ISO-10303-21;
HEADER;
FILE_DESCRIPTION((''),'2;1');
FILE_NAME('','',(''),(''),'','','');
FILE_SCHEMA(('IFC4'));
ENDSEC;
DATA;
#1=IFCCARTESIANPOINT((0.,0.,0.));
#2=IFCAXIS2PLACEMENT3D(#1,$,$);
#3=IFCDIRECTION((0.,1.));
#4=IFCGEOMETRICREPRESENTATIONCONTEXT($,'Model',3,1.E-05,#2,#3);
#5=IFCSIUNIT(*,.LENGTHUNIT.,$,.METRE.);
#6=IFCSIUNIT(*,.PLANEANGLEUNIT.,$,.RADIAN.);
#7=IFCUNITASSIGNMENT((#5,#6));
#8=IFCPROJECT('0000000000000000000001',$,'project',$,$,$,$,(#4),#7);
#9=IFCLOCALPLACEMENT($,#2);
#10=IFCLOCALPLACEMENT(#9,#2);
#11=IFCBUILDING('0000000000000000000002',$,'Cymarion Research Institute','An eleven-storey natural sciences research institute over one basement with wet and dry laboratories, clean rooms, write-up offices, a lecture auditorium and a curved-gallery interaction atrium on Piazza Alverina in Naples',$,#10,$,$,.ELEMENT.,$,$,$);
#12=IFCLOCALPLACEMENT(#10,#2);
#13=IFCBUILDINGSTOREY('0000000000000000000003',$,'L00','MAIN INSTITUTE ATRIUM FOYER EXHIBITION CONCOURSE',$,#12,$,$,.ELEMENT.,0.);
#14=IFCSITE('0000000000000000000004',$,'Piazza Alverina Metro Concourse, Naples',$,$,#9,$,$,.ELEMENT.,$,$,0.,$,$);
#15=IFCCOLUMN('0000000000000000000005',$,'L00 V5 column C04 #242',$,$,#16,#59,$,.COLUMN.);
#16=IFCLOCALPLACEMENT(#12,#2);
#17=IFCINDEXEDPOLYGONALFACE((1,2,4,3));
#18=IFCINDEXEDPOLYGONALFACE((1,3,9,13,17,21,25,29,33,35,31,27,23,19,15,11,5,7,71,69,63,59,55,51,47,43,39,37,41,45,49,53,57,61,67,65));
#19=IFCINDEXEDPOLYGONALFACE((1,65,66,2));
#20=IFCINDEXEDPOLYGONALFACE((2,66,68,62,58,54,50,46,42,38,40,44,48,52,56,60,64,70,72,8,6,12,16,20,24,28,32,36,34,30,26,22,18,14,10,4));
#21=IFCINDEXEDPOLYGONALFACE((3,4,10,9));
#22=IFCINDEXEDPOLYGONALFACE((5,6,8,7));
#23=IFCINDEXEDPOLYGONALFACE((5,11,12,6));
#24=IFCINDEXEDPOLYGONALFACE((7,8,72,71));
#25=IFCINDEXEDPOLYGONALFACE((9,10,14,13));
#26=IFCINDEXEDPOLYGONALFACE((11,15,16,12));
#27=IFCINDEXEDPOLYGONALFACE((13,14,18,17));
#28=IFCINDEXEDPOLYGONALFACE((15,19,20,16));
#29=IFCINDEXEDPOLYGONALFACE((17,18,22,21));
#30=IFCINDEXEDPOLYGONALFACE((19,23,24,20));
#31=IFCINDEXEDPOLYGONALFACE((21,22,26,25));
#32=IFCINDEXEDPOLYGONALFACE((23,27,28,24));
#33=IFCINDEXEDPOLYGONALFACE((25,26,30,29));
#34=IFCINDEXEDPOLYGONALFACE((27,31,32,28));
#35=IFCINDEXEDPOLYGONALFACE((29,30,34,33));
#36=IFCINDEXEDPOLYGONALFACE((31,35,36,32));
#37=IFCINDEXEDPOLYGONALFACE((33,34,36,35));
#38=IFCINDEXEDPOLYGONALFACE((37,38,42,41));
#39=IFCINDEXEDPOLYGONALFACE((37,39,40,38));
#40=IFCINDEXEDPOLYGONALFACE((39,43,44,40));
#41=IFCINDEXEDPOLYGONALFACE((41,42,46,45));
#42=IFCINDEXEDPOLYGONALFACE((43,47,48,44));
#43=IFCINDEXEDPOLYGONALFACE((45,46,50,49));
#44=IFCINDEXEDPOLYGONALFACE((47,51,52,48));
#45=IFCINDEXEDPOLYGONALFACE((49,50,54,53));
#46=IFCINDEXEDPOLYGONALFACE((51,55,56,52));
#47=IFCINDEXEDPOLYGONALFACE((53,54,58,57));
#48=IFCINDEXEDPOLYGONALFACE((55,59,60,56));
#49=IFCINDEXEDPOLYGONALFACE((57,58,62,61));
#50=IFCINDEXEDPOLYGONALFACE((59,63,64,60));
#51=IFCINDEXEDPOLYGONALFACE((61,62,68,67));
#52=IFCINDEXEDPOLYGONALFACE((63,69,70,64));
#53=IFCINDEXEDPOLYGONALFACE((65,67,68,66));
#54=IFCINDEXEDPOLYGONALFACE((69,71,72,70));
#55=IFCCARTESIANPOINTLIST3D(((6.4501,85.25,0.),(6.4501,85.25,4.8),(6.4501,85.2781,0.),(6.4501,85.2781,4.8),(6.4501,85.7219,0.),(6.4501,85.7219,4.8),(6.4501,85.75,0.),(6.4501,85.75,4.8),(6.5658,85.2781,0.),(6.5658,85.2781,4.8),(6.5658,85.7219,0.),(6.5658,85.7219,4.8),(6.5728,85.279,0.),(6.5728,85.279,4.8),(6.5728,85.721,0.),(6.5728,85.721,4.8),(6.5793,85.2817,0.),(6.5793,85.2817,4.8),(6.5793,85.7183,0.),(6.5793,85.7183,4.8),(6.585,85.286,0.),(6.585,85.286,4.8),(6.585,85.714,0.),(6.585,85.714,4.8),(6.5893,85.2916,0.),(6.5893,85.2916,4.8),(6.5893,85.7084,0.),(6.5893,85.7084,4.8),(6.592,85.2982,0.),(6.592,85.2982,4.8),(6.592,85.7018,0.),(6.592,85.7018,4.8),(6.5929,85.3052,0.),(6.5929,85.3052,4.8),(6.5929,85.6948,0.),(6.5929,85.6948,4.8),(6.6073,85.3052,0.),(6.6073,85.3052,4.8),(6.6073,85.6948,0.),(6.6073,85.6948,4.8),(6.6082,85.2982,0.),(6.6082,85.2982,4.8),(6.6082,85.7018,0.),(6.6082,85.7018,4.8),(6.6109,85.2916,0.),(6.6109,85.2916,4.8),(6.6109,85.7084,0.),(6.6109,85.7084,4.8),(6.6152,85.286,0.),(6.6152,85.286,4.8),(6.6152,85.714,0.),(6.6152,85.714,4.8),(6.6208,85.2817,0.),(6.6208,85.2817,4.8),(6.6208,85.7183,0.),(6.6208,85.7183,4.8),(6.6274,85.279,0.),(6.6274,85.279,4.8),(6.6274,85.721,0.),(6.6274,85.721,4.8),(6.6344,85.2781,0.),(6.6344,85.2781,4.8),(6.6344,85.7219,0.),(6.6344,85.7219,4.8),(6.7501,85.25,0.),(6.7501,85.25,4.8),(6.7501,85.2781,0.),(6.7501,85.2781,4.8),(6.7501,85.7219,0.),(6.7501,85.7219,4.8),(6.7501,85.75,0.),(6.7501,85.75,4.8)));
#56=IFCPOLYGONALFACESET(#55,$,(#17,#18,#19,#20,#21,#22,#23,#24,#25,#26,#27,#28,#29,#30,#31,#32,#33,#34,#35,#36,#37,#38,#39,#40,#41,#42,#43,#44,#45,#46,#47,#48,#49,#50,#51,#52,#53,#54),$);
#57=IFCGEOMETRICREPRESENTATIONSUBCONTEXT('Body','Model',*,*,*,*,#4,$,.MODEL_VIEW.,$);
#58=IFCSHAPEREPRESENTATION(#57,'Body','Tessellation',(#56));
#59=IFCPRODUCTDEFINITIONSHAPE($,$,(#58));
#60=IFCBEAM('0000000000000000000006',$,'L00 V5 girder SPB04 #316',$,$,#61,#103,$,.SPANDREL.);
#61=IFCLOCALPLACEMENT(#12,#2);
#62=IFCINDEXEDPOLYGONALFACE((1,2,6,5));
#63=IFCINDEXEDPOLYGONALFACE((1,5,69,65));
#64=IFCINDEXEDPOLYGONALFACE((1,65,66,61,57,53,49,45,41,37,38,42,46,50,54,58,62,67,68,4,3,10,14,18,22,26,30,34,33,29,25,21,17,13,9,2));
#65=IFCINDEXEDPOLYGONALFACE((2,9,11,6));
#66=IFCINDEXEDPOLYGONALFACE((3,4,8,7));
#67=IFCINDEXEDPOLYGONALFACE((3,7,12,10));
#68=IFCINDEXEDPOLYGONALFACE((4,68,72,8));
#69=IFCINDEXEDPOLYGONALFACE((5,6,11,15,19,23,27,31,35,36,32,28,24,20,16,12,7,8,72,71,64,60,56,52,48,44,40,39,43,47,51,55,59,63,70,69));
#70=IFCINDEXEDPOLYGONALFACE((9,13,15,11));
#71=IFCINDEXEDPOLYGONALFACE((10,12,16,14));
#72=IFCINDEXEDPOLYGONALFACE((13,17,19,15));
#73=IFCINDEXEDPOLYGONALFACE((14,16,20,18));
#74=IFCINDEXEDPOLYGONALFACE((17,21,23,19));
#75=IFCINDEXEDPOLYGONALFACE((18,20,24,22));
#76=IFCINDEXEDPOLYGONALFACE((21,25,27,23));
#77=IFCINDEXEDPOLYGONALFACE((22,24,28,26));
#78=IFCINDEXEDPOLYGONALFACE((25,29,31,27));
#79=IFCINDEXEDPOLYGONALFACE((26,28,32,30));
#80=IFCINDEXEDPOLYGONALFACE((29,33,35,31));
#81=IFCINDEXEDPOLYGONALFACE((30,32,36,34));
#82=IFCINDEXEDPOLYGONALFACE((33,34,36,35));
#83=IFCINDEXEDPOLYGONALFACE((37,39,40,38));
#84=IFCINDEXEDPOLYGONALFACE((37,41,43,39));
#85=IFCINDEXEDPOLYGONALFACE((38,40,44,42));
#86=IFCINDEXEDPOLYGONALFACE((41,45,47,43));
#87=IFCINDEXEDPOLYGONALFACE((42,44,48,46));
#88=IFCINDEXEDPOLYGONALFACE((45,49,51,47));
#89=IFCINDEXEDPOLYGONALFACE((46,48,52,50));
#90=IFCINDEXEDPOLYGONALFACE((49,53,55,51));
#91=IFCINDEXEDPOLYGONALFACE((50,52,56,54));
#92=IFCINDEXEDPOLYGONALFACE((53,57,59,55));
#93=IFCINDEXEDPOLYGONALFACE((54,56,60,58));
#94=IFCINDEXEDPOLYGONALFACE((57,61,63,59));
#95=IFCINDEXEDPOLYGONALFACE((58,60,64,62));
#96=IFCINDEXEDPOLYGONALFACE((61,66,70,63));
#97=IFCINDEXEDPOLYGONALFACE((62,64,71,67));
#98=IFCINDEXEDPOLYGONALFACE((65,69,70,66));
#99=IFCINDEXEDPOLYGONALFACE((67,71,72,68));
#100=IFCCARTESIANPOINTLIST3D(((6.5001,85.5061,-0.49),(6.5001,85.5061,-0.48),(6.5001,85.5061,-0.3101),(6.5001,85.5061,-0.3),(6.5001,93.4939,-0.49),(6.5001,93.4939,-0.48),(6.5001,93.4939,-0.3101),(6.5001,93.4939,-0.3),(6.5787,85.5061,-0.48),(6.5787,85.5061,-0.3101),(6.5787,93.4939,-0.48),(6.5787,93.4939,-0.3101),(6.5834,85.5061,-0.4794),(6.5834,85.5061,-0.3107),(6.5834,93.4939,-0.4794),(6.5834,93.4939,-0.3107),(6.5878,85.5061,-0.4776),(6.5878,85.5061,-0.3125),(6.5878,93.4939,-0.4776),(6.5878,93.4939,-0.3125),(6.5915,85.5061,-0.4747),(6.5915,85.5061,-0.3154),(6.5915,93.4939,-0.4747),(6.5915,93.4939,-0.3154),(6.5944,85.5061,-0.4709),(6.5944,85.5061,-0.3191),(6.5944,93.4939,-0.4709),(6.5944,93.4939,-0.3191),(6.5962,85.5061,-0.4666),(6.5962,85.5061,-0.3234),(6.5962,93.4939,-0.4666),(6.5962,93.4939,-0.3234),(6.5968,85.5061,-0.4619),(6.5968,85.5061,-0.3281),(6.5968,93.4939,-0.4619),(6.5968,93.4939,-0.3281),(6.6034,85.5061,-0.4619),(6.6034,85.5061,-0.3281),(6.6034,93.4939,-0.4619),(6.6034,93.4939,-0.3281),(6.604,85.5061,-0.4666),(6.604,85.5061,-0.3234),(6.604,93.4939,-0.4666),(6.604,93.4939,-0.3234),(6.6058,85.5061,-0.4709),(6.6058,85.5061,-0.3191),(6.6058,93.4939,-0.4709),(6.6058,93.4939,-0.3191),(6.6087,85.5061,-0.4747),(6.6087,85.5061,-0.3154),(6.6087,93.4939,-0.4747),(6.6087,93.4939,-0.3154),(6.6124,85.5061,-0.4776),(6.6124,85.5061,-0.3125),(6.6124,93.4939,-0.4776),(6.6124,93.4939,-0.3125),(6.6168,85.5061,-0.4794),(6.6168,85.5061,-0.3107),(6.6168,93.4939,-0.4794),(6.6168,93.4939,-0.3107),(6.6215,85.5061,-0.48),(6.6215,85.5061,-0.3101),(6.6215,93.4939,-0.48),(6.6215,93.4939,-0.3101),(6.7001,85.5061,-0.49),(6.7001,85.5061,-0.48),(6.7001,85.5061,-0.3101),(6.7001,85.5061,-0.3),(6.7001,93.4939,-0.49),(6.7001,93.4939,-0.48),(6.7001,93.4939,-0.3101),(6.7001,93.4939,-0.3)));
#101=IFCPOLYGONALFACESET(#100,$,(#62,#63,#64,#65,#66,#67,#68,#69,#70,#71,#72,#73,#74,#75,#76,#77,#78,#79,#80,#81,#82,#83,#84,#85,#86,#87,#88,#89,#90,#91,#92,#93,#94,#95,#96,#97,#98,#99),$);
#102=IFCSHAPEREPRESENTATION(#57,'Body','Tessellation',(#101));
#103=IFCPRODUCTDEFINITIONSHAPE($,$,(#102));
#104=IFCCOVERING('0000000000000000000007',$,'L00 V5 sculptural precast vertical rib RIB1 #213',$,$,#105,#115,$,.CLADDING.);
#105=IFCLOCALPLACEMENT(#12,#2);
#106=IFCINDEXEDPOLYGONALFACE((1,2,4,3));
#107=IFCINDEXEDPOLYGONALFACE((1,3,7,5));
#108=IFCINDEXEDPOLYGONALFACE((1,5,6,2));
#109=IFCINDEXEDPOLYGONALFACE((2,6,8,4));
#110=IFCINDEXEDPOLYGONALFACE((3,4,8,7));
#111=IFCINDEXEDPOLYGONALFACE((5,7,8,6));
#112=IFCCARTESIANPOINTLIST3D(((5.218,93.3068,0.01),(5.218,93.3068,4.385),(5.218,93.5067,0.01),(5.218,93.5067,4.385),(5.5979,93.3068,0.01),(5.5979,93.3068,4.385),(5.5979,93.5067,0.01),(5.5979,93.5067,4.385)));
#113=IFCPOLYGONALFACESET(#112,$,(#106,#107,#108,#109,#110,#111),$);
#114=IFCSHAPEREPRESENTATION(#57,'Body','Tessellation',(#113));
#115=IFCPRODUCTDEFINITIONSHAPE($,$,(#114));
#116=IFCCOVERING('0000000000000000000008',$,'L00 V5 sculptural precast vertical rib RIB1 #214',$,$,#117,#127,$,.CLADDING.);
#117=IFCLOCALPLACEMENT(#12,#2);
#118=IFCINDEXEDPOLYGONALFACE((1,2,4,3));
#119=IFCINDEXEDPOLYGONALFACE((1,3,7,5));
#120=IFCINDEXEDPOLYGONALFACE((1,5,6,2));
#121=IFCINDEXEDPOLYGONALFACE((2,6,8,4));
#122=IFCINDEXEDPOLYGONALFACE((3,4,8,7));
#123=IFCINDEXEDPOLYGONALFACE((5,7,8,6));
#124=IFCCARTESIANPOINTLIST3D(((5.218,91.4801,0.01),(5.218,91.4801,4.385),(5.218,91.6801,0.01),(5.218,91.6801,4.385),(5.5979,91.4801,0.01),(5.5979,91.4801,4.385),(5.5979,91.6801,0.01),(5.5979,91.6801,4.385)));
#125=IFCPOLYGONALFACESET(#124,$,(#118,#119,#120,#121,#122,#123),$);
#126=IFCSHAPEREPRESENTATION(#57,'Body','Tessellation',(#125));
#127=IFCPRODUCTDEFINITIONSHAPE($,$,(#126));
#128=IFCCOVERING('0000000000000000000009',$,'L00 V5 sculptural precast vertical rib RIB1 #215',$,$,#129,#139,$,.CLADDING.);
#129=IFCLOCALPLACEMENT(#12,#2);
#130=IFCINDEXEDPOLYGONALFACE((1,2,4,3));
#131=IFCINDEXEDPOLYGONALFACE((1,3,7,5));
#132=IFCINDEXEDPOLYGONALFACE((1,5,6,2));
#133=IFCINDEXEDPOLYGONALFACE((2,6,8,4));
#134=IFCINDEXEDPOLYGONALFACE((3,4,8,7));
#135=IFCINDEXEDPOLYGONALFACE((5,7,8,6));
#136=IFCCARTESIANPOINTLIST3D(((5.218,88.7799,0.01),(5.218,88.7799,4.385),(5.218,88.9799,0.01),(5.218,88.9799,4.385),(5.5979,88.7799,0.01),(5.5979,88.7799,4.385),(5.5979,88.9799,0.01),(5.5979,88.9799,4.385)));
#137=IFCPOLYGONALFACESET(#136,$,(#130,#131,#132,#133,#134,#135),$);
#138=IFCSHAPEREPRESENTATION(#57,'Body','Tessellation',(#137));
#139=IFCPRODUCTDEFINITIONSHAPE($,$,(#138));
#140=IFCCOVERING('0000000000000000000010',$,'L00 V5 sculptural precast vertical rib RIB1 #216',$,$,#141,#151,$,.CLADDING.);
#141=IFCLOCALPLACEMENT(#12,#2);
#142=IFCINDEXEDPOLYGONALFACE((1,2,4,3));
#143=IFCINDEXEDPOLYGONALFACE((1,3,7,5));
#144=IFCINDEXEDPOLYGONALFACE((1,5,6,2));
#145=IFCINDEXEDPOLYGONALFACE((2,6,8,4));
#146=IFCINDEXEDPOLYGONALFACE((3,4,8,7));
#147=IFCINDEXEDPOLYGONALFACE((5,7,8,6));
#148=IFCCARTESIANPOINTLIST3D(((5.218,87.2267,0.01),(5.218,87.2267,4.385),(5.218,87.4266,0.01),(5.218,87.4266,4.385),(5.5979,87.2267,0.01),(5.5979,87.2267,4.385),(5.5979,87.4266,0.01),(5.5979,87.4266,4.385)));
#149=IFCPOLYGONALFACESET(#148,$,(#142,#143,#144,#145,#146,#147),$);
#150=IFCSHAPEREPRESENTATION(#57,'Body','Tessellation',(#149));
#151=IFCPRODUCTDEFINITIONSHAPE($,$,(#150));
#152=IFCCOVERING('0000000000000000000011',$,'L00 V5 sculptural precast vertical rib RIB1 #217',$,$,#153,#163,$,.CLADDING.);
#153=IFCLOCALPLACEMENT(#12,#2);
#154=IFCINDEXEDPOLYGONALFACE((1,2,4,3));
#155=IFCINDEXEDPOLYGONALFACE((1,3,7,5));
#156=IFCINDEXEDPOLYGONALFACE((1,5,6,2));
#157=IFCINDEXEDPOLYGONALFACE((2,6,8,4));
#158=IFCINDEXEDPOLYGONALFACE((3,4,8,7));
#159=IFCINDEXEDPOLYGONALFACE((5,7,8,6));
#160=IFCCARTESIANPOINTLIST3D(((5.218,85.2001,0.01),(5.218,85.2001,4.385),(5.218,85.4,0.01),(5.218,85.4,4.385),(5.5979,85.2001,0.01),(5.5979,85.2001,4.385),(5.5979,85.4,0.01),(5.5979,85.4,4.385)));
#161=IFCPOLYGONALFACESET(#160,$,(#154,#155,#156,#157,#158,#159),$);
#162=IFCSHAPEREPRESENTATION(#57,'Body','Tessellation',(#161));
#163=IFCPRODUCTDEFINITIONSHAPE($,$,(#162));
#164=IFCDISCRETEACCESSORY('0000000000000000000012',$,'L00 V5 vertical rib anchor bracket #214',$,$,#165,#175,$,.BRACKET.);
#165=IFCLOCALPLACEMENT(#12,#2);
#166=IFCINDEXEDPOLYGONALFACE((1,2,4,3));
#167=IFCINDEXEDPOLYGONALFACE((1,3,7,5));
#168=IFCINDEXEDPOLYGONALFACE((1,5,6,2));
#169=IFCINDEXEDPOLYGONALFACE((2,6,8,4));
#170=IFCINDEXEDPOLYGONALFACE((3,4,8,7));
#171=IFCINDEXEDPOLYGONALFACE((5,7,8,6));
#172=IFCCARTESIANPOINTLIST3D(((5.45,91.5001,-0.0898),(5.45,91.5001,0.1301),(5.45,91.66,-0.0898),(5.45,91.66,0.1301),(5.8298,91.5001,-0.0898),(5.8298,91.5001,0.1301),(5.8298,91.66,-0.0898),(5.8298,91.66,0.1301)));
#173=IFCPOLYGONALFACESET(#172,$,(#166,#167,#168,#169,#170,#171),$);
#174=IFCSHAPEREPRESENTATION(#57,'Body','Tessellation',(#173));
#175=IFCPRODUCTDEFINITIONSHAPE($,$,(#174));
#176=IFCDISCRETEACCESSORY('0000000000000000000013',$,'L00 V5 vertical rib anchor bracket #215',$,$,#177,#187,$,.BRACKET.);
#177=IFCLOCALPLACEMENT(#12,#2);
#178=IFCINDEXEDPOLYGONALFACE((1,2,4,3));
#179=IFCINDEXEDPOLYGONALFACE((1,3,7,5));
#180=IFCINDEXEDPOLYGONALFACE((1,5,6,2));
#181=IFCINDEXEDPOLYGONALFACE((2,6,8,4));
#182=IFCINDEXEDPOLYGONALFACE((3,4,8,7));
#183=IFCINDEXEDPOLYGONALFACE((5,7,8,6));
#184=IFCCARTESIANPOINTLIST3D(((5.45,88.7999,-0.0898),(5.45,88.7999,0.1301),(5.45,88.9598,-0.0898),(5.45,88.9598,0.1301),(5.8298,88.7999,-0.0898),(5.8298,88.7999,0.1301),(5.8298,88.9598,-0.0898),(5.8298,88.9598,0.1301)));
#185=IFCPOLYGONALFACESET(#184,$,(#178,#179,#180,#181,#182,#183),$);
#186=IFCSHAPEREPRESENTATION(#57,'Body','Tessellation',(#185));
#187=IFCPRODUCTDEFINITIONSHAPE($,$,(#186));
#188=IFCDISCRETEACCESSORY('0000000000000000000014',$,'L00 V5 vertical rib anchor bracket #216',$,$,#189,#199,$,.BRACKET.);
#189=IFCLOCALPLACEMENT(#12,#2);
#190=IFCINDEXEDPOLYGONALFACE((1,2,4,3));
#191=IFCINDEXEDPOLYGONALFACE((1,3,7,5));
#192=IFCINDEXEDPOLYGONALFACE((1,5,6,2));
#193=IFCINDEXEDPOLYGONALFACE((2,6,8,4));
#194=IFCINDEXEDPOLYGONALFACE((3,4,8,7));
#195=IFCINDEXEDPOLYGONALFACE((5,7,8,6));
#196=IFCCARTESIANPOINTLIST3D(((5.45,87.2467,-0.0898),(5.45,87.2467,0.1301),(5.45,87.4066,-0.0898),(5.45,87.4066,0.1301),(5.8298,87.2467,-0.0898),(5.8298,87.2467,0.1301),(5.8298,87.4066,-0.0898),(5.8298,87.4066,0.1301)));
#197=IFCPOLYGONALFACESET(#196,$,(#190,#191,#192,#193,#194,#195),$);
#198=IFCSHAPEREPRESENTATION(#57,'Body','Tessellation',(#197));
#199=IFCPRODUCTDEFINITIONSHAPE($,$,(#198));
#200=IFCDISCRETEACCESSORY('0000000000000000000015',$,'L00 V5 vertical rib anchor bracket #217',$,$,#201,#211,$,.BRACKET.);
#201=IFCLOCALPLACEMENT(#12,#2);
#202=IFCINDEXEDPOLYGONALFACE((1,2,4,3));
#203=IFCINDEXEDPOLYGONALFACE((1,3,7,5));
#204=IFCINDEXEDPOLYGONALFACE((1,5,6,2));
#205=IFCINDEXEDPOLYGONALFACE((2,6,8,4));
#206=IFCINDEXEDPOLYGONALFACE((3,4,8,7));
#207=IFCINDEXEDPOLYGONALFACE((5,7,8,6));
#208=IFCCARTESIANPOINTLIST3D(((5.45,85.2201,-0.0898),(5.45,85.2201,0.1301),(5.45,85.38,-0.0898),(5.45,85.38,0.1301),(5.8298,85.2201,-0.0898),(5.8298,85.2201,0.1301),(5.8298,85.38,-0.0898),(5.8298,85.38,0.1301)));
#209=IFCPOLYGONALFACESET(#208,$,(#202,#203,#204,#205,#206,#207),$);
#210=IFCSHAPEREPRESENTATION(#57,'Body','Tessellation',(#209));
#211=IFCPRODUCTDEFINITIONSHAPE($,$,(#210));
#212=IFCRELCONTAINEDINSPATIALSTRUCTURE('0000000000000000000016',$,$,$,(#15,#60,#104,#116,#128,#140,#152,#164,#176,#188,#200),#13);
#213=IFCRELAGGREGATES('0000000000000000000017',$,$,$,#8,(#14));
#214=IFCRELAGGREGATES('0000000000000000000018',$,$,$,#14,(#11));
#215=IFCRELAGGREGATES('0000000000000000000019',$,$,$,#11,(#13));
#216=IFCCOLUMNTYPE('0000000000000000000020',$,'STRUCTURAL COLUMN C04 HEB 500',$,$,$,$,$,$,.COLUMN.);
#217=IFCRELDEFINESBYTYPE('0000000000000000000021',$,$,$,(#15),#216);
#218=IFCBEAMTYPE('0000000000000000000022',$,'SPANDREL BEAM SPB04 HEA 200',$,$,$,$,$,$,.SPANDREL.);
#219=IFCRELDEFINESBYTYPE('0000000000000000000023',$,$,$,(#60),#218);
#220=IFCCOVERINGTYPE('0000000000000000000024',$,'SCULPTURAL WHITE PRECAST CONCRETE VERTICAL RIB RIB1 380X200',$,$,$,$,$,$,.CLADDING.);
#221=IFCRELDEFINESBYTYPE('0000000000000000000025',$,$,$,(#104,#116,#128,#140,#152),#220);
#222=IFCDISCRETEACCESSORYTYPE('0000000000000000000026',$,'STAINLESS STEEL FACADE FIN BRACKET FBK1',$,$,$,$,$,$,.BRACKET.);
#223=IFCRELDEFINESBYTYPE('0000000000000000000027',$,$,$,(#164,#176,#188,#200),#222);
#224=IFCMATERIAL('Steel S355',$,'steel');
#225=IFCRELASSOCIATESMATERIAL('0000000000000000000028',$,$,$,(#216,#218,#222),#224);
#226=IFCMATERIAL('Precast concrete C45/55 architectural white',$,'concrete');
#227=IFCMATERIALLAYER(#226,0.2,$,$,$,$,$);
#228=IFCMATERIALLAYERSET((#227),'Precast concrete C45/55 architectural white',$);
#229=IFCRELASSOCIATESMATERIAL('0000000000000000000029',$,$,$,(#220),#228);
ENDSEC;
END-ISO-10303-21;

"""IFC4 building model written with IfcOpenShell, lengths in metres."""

from ifc_helpers import new_model, si_unit, direction, frame, origin, origin_2d, place, context, subcontext, project, spatial, rectangle, i_section, extrude, material, layer, layer_set, material_profile, profile_set, type_object, element, save


model = new_model("IFC4")

# Units and contexts
model_context = context("Model", 3, precision=1e-05, world=origin(), true_north=direction((0.0, 1.0)))
body_context = subcontext(model_context, "Body", "Model", "MODEL_VIEW")
ifc_project = project(units=[si_unit("LENGTHUNIT", "METRE"), si_unit("PLANEANGLEUNIT", "RADIAN")], contexts=[model_context])

# Site, building, storey
site_placement = place(None, origin())
site = spatial("IfcSite", under=ifc_project, at=site_placement, Name="Piazza Alverina Metro Concourse, Naples", CompositionType="ELEMENT", RefElevation=0.0)
building_placement = place(site_placement, origin())
building = spatial("IfcBuilding", under=site, at=building_placement, Name="Cymarion Research Institute", Description="An eleven-storey natural sciences research institute over one basement with wet and dry laboratories, clean rooms, write-up offices, a lecture auditorium and a curved-gallery interaction atrium on Piazza Alverina in Naples", CompositionType="ELEMENT")
storey_placement = place(building_placement, origin())
storey = spatial("IfcBuildingStorey", under=building, at=storey_placement, Name="L00", Description="MAIN INSTITUTE ATRIUM FOYER EXHIBITION CONCOURSE", CompositionType="ELEMENT", Elevation=0.0)

# Column
ifc_material_1 = material(Name="Steel S355", Category="steel")
ifc_material_profile_1 = material_profile(ifc_material_1, i_section(OverallWidth=0.3, OverallDepth=0.5, WebThickness=0.0144, FlangeThickness=0.0281, FilletRadius=0.0271, at=origin_2d()), Name="HEB 500")
ifc_profile_set_1 = profile_set([ifc_material_profile_1], Name="Steel S355")
column_type = type_object("IfcColumnType", Name="STRUCTURAL COLUMN C04 HEB 500", PredefinedType="COLUMN", material=ifc_profile_set_1)
column_placement = place(storey_placement, frame((6.6001, 85.5, 0.0), z_axis=(0.0, 0.0, 1.0), x_axis=(1.0, 0.0, 0.0)))
element("IfcColumn", 1, at=column_placement, inside=storey, type_object=column_type, Name="L00 V5 column C04 #242", PredefinedType="COLUMN", context=body_context, shape_type="SweptSolid", body=[
    extrude(i_section(OverallWidth=0.3, OverallDepth=0.5, WebThickness=0.0144, FlangeThickness=0.0281, FilletRadius=0.0271, at=origin_2d()), origin(), (0.0, 0.0, 1.0), 4.8),
])

# Beam
ifc_material_profile_2 = material_profile(ifc_material_1, i_section(OverallWidth=0.2, OverallDepth=0.1899, WebThickness=0.0066, FlangeThickness=0.01, FilletRadius=0.0181, at=origin_2d()), Name="HEA 200")
ifc_profile_set_2 = profile_set([ifc_material_profile_2], Name="Steel S355")
beam_type = type_object("IfcBeamType", Name="SPANDREL BEAM SPB04 HEA 200", PredefinedType="SPANDREL", material=ifc_profile_set_2)
beam_placement = place(storey_placement, frame((6.6001, 85.5061, -0.395), z_axis=(0.0, 1.0, 0.0), x_axis=(-1.0, 0.0, 0.0)))
element("IfcBeam", 2, at=beam_placement, inside=storey, type_object=beam_type, Name="L00 V5 girder SPB04 #316", PredefinedType="SPANDREL", context=body_context, shape_type="SweptSolid", body=[
    extrude(i_section(OverallWidth=0.2, OverallDepth=0.1899, WebThickness=0.0066, FlangeThickness=0.01, FilletRadius=0.0181, at=origin_2d()), origin(), (0.0, 0.0, 1.0), 7.9878),
])

# Coverings
ifc_material_2 = material(Name="Precast concrete C45/55 architectural white", Category="concrete")
ifc_layer_1 = layer(ifc_material_2, 0.2)
ifc_layer_set_1 = layer_set([ifc_layer_1], Name="Precast concrete C45/55 architectural white")
covering_type = type_object("IfcCoveringType", Name="SCULPTURAL WHITE PRECAST CONCRETE VERTICAL RIB RIB1 380X200", PredefinedType="CLADDING", material=ifc_layer_set_1)
for number, where, z_axis, x_axis, name in (
    (3, (5.408, 93.4067, 0.01), (0.0, 0.0, 1.0), (-1.0, 0.0, 0.0), "L00 V5 sculptural precast vertical rib RIB1 #213"),
    (4, (5.408, 91.5801, 0.01), (0.0, 0.0, 1.0), (-1.0, 0.0, 0.0), "L00 V5 sculptural precast vertical rib RIB1 #214"),
    (5, (5.408, 88.8799, 0.01), (0.0, 0.0, 1.0), (-1.0, 0.0, 0.0), "L00 V5 sculptural precast vertical rib RIB1 #215"),
    (6, (5.408, 87.3267, 0.01), (0.0, 0.0, 1.0), (-1.0, 0.0, 0.0), "L00 V5 sculptural precast vertical rib RIB1 #216"),
    (7, (5.408, 85.3, 0.01), (0.0, 0.0, 1.0), (-1.0, 0.0, 0.0), "L00 V5 sculptural precast vertical rib RIB1 #217"),
):
    element("IfcCovering", number, at=place(storey_placement, frame(where, z_axis=z_axis, x_axis=x_axis)), inside=storey, type_object=covering_type, Name=name, PredefinedType="CLADDING", context=body_context, shape_type="SweptSolid", body=[
        extrude(rectangle(XDim=0.3799, YDim=0.2, at=origin_2d()), origin(), (0.0, 0.0, 1.0), 4.375),
    ])

# Discrete accessories
discrete_accessory_type = type_object("IfcDiscreteAccessoryType", Name="STAINLESS STEEL FACADE FIN BRACKET FBK1", PredefinedType="BRACKET", material=ifc_material_1)
for number, where, z_axis, x_axis, name in (
    (8, (5.6399, 91.5801, -0.0898), (0.0, 0.0, 1.0), (-1.0, 0.0, 0.0), "L00 V5 vertical rib anchor bracket #214"),
    (9, (5.6399, 88.8799, -0.0898), (0.0, 0.0, 1.0), (-1.0, 0.0, 0.0), "L00 V5 vertical rib anchor bracket #215"),
    (10, (5.6399, 87.3267, -0.0898), (0.0, 0.0, 1.0), (-1.0, 0.0, 0.0), "L00 V5 vertical rib anchor bracket #216"),
    (11, (5.6399, 85.3, -0.0898), (0.0, 0.0, 1.0), (-1.0, 0.0, 0.0), "L00 V5 vertical rib anchor bracket #217"),
):
    element("IfcDiscreteAccessory", number, at=place(storey_placement, frame(where, z_axis=z_axis, x_axis=x_axis)), inside=storey, type_object=discrete_accessory_type, Name=name, PredefinedType="BRACKET", context=body_context, shape_type="SweptSolid", body=[
        extrude(rectangle(XDim=0.3799, YDim=0.1599, at=origin_2d()), origin(), (0.0, 0.0, 1.0), 0.22),
    ])

save(model, "model.ifc")
